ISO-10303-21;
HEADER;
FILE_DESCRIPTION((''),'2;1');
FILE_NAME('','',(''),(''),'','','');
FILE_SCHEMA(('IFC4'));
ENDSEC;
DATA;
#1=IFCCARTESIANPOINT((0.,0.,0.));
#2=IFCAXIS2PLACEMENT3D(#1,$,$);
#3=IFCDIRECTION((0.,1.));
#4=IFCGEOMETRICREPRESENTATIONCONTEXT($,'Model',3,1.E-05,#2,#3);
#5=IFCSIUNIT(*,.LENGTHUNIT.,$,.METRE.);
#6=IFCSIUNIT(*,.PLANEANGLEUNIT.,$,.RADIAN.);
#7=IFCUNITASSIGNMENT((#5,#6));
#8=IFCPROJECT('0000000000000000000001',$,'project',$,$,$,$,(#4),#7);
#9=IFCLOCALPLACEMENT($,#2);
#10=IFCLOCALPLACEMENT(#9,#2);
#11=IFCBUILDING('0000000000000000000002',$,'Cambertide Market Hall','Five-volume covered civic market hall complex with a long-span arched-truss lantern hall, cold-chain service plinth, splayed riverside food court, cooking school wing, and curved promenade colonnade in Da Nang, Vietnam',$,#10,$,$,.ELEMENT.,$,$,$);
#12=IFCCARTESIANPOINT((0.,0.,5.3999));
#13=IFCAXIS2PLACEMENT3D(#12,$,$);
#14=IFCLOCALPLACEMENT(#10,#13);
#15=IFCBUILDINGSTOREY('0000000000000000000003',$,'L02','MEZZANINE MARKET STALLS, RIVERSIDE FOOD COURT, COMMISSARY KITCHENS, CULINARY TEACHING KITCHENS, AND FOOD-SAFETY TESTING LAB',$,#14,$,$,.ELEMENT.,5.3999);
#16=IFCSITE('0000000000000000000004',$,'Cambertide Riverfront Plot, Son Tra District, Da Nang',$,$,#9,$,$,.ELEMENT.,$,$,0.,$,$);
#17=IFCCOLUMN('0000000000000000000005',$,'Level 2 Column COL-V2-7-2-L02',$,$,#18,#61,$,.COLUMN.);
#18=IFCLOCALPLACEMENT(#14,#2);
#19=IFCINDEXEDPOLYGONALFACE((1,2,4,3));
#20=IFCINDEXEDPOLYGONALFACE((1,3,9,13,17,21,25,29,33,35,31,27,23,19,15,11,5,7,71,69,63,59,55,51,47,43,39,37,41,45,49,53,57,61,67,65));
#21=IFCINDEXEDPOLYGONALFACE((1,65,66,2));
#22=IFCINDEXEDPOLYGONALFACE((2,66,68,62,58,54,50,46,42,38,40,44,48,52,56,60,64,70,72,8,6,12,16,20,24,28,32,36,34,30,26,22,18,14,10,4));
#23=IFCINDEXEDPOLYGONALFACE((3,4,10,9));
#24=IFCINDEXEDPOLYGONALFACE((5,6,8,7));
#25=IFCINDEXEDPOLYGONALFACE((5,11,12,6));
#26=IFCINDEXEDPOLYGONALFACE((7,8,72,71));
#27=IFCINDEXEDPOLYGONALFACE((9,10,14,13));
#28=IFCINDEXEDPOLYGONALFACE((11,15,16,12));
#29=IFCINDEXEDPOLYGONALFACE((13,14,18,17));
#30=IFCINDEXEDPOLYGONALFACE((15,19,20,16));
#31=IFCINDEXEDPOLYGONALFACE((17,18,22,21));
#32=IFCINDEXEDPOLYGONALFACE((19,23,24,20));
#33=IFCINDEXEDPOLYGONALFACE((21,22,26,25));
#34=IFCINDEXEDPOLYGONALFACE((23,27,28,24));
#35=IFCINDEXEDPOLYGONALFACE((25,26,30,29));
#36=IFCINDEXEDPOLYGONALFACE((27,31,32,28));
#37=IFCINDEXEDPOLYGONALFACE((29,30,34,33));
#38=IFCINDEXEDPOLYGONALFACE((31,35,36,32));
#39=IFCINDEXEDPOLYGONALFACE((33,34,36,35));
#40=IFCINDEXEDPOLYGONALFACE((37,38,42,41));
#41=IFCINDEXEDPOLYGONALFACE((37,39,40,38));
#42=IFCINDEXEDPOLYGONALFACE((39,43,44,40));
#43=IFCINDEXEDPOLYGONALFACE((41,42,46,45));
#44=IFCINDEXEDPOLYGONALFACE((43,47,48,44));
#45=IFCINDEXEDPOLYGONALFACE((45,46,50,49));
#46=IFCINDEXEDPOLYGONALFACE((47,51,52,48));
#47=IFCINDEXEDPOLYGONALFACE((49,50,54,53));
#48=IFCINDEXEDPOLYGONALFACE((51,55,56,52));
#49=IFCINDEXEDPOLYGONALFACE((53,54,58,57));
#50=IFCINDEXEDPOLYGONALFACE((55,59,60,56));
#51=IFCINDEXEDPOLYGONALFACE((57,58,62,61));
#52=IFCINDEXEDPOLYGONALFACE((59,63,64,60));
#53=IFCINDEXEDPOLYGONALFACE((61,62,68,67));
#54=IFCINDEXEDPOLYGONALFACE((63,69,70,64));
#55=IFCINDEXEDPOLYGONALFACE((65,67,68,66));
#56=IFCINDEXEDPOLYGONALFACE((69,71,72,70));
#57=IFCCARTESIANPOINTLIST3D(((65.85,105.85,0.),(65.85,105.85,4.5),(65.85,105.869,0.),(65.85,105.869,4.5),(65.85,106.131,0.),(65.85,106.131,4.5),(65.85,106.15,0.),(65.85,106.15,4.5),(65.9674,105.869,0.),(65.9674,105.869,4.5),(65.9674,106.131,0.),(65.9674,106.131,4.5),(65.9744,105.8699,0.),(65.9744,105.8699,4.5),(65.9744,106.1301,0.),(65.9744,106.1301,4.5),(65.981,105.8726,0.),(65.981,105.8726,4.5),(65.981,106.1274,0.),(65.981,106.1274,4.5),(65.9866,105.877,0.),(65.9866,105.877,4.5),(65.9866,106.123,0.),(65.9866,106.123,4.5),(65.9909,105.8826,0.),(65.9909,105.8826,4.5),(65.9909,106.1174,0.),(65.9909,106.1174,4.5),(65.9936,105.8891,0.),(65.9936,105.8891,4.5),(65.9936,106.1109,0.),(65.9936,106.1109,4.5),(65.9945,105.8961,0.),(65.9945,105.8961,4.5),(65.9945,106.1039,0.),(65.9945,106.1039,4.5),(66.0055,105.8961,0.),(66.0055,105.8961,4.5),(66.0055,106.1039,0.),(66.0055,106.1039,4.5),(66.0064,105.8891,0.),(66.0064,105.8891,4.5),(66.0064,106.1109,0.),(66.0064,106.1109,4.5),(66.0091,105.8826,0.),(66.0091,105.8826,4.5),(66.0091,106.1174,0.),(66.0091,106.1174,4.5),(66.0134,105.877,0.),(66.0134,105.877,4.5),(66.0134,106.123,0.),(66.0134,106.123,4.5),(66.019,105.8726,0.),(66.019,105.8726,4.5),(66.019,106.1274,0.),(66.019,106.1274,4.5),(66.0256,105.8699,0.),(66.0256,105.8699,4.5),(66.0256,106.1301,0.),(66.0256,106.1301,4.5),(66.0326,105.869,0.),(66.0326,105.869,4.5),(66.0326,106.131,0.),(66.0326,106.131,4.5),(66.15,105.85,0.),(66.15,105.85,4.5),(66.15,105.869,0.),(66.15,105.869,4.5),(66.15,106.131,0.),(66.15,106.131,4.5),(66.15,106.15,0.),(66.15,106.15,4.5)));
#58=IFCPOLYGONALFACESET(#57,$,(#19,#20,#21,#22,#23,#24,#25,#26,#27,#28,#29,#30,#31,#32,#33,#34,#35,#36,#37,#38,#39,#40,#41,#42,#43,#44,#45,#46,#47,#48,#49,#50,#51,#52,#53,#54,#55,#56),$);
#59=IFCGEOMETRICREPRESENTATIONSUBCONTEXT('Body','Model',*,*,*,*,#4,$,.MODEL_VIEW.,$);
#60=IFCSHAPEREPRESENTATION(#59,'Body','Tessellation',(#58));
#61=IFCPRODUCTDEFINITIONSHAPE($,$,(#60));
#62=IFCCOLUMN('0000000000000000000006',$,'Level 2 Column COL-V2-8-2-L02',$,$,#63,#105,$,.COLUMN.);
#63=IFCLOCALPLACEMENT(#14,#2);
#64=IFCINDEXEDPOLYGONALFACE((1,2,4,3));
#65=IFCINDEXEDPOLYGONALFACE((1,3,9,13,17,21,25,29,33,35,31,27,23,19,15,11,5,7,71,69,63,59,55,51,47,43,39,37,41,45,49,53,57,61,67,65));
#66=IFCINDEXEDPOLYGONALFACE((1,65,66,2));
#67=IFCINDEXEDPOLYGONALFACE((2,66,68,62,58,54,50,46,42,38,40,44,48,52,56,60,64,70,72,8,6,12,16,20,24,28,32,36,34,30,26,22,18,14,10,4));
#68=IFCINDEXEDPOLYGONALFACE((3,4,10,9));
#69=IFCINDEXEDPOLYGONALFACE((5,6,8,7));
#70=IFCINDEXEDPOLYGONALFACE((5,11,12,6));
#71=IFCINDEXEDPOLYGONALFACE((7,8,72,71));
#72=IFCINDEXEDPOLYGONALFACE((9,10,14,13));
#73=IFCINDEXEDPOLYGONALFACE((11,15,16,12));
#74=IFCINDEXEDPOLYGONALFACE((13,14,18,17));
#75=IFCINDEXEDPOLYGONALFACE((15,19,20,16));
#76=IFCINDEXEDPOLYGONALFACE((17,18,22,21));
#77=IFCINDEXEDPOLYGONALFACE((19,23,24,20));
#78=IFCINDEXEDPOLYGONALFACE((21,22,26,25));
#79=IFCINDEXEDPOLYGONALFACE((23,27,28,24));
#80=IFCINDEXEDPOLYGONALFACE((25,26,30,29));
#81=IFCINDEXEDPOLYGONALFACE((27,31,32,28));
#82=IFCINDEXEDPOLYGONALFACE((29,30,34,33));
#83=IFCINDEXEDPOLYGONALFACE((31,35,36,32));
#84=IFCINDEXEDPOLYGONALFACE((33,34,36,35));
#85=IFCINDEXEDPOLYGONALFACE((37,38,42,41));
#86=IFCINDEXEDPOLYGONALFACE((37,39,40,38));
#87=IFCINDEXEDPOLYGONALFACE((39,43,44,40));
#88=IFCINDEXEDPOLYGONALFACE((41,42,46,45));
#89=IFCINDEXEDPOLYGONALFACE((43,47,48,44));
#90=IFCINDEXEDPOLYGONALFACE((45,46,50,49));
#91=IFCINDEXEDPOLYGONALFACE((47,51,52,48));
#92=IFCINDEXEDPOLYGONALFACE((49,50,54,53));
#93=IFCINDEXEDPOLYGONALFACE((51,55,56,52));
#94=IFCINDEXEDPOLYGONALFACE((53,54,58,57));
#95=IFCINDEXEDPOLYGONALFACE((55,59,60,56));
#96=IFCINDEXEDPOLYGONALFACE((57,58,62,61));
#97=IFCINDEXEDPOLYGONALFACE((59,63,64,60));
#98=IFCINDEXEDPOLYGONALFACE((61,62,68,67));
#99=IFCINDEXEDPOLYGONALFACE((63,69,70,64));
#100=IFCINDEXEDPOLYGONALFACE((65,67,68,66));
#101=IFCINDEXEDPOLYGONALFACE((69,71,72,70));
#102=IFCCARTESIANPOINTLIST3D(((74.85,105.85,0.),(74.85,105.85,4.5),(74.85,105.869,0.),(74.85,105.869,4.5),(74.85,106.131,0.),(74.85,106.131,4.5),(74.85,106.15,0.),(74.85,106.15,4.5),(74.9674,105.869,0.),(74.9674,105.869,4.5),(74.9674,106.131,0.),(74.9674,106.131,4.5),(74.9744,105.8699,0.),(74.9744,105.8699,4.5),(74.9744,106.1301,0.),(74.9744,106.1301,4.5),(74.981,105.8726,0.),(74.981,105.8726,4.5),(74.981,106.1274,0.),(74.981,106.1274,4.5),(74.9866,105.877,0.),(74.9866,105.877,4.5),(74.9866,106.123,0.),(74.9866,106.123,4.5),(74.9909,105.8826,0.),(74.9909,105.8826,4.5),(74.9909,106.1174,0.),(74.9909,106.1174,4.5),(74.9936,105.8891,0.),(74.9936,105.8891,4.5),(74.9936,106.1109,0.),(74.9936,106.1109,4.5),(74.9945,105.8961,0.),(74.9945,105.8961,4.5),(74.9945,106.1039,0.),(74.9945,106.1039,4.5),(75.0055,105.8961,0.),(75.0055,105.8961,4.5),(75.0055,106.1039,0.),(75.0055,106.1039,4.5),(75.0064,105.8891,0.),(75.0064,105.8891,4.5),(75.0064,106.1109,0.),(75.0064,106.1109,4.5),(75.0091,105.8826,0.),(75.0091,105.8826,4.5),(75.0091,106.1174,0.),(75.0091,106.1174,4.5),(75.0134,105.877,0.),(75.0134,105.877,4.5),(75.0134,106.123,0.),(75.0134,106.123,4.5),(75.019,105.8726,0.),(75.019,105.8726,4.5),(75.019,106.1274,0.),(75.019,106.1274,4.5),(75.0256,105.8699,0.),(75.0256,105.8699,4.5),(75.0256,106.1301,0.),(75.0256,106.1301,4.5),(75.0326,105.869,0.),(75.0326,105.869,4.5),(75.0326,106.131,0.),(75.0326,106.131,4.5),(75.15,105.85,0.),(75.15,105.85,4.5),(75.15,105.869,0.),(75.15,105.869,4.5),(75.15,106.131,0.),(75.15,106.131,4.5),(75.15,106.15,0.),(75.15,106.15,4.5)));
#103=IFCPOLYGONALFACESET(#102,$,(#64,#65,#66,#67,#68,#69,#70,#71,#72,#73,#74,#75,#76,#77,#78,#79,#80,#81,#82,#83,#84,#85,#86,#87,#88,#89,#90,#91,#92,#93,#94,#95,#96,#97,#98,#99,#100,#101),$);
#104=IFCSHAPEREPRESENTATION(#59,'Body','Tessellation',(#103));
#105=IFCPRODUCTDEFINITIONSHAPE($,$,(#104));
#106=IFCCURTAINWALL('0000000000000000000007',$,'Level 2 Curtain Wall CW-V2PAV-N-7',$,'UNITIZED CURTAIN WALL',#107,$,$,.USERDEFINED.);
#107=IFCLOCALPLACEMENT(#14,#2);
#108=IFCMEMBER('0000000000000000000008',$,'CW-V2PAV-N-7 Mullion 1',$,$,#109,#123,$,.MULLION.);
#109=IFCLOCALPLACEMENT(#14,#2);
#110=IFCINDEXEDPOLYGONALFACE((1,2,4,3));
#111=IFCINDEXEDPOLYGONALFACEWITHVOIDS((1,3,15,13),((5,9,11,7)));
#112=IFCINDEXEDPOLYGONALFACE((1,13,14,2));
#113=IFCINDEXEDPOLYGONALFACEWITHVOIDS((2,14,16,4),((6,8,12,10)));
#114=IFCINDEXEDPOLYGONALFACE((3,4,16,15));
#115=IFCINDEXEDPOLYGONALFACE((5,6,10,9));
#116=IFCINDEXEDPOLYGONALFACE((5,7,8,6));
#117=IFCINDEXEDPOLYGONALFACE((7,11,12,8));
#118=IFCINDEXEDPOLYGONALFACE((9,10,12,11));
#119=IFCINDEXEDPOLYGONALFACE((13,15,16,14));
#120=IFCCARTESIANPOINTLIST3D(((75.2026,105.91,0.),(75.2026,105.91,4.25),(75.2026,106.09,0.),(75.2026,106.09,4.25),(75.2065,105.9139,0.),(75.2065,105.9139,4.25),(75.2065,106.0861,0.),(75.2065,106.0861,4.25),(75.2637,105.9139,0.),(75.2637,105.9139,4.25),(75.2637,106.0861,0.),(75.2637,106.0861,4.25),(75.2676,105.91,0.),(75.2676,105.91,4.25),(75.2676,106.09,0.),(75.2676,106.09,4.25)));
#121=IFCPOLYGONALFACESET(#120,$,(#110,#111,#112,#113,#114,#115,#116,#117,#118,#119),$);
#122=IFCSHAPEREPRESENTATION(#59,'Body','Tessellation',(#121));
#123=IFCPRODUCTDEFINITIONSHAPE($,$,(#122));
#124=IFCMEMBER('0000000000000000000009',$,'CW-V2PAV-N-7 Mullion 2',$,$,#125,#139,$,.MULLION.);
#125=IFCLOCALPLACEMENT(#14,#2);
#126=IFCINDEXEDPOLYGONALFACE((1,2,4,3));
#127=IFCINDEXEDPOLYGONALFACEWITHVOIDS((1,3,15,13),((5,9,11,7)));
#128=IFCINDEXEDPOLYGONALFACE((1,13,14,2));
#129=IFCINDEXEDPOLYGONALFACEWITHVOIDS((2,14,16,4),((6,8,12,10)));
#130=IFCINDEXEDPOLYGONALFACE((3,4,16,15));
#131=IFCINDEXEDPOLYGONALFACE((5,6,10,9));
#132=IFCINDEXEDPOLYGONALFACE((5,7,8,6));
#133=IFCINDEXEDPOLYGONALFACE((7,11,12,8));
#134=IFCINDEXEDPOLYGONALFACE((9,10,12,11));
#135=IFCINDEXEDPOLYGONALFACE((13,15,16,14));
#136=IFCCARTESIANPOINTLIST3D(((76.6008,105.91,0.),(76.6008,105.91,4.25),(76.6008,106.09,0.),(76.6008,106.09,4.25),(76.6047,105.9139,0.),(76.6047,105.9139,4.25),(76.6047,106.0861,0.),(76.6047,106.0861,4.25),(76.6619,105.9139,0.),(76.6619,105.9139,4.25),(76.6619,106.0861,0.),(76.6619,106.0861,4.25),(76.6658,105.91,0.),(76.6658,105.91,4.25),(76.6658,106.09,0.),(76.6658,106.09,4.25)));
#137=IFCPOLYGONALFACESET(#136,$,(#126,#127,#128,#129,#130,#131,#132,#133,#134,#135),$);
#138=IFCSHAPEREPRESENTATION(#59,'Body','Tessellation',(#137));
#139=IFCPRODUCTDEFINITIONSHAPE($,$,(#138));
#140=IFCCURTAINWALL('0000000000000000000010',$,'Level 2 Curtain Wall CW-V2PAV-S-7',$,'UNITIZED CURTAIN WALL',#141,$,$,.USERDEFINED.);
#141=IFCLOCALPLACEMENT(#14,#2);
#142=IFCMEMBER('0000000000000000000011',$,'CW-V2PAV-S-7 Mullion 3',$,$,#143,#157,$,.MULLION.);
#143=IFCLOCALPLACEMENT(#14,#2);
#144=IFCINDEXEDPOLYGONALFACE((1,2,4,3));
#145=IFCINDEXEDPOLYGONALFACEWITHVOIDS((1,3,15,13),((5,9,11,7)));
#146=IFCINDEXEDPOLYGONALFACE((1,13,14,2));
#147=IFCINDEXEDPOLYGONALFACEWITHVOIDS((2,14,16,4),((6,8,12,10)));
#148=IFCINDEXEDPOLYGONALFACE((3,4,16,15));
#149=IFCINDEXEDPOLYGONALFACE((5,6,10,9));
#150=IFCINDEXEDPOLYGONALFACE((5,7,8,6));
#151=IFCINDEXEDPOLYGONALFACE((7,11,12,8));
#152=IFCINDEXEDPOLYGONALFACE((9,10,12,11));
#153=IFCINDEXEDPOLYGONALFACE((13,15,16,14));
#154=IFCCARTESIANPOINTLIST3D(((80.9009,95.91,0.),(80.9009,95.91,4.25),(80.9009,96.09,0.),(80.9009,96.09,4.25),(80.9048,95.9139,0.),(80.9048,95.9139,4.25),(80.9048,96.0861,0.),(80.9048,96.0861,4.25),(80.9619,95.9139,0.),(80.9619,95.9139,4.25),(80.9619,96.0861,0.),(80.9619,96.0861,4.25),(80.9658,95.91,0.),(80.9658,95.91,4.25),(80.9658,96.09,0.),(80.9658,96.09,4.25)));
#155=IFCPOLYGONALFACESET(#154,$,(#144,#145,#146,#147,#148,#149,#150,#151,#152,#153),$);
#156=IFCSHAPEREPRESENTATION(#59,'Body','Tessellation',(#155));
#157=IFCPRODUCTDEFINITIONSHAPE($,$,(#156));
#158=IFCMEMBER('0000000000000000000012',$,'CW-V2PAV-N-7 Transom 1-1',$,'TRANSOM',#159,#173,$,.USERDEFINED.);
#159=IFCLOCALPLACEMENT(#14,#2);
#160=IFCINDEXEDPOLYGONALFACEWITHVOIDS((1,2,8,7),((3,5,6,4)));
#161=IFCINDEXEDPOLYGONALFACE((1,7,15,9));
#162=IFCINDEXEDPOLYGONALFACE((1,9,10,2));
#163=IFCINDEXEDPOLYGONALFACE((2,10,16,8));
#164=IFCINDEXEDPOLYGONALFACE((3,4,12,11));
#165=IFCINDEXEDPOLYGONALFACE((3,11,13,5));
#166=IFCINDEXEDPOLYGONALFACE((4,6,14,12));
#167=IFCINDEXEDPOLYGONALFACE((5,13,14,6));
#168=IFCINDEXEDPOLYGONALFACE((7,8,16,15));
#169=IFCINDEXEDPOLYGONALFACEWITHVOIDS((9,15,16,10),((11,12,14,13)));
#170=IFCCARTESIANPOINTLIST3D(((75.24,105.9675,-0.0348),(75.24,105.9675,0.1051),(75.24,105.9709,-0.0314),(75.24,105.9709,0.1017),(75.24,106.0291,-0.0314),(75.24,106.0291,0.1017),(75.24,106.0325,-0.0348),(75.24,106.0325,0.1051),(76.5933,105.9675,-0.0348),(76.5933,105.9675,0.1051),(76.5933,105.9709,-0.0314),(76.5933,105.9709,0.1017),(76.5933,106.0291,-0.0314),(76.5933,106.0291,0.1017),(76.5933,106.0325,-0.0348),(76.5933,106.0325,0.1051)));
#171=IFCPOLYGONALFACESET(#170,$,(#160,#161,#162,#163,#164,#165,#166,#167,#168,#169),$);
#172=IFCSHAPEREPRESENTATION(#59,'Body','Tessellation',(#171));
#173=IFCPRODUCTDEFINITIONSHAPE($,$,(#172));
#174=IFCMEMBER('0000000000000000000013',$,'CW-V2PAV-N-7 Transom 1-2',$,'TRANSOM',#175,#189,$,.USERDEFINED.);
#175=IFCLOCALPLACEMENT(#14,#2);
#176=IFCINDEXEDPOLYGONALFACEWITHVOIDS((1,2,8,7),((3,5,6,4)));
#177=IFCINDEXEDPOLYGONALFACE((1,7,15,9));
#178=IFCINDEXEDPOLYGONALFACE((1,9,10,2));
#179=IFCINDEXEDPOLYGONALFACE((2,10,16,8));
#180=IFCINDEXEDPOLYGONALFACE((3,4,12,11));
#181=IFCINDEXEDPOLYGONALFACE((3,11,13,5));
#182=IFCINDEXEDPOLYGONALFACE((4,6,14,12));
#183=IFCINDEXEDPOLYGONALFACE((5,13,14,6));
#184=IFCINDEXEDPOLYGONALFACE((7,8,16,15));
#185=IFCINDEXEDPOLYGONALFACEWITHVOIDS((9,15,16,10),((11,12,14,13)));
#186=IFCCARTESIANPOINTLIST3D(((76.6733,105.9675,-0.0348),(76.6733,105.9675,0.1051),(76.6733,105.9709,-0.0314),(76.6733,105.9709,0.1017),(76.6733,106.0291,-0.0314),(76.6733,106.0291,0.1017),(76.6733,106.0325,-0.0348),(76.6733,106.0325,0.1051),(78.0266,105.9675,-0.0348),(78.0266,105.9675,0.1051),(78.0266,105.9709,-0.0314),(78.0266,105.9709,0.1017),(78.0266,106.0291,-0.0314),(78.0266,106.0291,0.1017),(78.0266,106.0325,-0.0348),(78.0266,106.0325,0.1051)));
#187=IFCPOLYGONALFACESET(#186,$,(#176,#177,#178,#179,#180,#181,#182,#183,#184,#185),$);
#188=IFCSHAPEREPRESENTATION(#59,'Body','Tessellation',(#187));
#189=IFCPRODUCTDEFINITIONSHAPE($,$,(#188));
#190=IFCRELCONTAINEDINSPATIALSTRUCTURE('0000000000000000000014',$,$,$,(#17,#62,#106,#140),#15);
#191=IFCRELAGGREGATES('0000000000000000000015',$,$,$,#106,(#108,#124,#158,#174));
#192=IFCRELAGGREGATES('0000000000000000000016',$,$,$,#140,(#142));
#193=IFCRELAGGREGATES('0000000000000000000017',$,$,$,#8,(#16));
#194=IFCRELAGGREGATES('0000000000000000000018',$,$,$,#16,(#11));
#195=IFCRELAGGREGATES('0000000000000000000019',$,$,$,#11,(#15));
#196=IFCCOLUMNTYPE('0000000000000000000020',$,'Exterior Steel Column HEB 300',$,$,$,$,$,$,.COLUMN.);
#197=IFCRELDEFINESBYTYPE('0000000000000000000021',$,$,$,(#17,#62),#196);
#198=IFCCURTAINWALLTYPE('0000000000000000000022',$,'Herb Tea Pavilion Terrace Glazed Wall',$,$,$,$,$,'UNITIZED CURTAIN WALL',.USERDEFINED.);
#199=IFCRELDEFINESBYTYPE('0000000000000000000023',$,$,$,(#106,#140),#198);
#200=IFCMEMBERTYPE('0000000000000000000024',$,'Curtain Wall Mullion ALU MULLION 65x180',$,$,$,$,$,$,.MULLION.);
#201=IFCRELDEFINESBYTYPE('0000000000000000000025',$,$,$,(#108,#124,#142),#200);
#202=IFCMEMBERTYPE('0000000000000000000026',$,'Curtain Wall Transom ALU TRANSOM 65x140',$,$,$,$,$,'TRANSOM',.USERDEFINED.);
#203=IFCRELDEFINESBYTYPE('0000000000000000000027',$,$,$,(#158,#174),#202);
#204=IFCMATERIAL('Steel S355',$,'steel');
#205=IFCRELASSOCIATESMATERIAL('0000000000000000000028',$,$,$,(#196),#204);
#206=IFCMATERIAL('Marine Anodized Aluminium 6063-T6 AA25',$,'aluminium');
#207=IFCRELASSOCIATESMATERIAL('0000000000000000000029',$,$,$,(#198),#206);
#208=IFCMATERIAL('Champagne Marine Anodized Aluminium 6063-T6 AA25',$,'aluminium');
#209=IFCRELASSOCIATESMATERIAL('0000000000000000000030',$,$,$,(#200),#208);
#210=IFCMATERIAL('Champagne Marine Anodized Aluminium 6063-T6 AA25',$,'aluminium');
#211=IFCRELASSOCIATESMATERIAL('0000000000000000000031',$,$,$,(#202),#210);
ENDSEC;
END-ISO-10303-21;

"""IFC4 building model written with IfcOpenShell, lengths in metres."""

from ifc_helpers import new_model, si_unit, direction, frame, origin, origin_2d, place, context, subcontext, project, spatial, hollow_rectangle, i_section, extrude, material, material_profile, profile_set, type_object, element, aggregate, save


model = new_model("IFC4")

# Units and contexts
model_context = context("Model", 3, precision=1e-05, world=origin(), true_north=direction((0.0, 1.0)))
body_context = subcontext(model_context, "Body", "Model", "MODEL_VIEW")
ifc_project = project(units=[si_unit("LENGTHUNIT", "METRE"), si_unit("PLANEANGLEUNIT", "RADIAN")], contexts=[model_context])

# Site, building, storey
site_placement = place(None, origin())
site = spatial("IfcSite", under=ifc_project, at=site_placement, Name="Cambertide Riverfront Plot, Son Tra District, Da Nang", CompositionType="ELEMENT", RefElevation=0.0)
building_placement = place(site_placement, origin())
building = spatial("IfcBuilding", under=site, at=building_placement, Name="Cambertide Market Hall", Description="Five-volume covered civic market hall complex with a long-span arched-truss lantern hall, cold-chain service plinth, splayed riverside food court, cooking school wing, and curved promenade colonnade in Da Nang, Vietnam", CompositionType="ELEMENT")
storey_placement = place(building_placement, frame((0.0, 0.0, 5.3999)))
storey = spatial("IfcBuildingStorey", under=building, at=storey_placement, Name="L02", Description="MEZZANINE MARKET STALLS, RIVERSIDE FOOD COURT, COMMISSARY KITCHENS, CULINARY TEACHING KITCHENS, AND FOOD-SAFETY TESTING LAB", CompositionType="ELEMENT", Elevation=5.3999)

# Columns
ifc_material_1 = material(Name="Steel S355", Category="steel")
ifc_material_profile_1 = material_profile(ifc_material_1, i_section(OverallWidth=0.3, OverallDepth=0.3, WebThickness=0.011, FlangeThickness=0.019, FilletRadius=0.0271, at=origin_2d()), Name="HEB 300")
ifc_profile_set_1 = profile_set([ifc_material_profile_1], Name="Steel S355")
column_type = type_object("IfcColumnType", Name="Exterior Steel Column HEB 300", PredefinedType="COLUMN", material=ifc_profile_set_1)
for number, where, z_axis, x_axis, name in (
    (1, (66.0, 106.0, 0.0), (0.0, 0.0, 1.0), (1.0, 0.0, 0.0), "Level 2 Column COL-V2-7-2-L02"),
    (2, (75.0, 106.0, 0.0), (0.0, 0.0, 1.0), (1.0, 0.0, 0.0), "Level 2 Column COL-V2-8-2-L02"),
):
    element("IfcColumn", number, at=place(storey_placement, frame(where, z_axis=z_axis, x_axis=x_axis)), inside=storey, type_object=column_type, Name=name, PredefinedType="COLUMN", context=body_context, shape_type="SweptSolid", body=[
        extrude(i_section(OverallWidth=0.3, OverallDepth=0.3, WebThickness=0.011, FlangeThickness=0.019, FilletRadius=0.0271, at=origin_2d()), origin(), (0.0, 0.0, 1.0), 4.5),
    ])

# Curtain wall, members
ifc_material_2 = material(Name="Marine Anodized Aluminium 6063-T6 AA25", Category="aluminium")
curtain_wall_type = type_object("IfcCurtainWallType", Name="Herb Tea Pavilion Terrace Glazed Wall", ElementType="UNITIZED CURTAIN WALL", PredefinedType="USERDEFINED", material=ifc_material_2)
curtain_wall_1_placement = place(storey_placement, origin())
curtain_wall_1 = element("IfcCurtainWall", 3, at=curtain_wall_1_placement, inside=storey, type_object=curtain_wall_type, Name="Level 2 Curtain Wall CW-V2PAV-N-7", ObjectType="UNITIZED CURTAIN WALL", PredefinedType="USERDEFINED")
ifc_material_3 = material(Name="Champagne Marine Anodized Aluminium 6063-T6 AA25", Category="aluminium")
ifc_material_profile_2 = material_profile(ifc_material_3, hollow_rectangle(XDim=0.0649, YDim=0.1799, WallThickness=0.0039, at=origin_2d()), Name="ALU MULLION 65x180")
ifc_profile_set_2 = profile_set([ifc_material_profile_2], Name="Champagne Marine Anodized Aluminium 6063-T6 AA25")
member_type_1 = type_object("IfcMemberType", Name="Curtain Wall Mullion ALU MULLION 65x180", PredefinedType="MULLION", material=ifc_profile_set_2)
member_1_placement = place(storey_placement, frame((75.2351, 106.0, 0.0), z_axis=(0.0, 0.0, 1.0), x_axis=(1.0, 0.0, 0.0)))
member_1 = element("IfcMember", 4, at=member_1_placement, type_object=member_type_1, Name="CW-V2PAV-N-7 Mullion 1", PredefinedType="MULLION", context=body_context, shape_type="SweptSolid", body=[
    extrude(hollow_rectangle(XDim=0.0649, YDim=0.1799, WallThickness=0.0039, at=origin_2d()), origin(), (0.0, 0.0, 1.0), 4.25),
])
member_2_placement = place(storey_placement, frame((76.6333, 106.0, 0.0), z_axis=(0.0, 0.0, 1.0), x_axis=(1.0, 0.0, 0.0)))
member_2 = element("IfcMember", 5, at=member_2_placement, type_object=member_type_1, Name="CW-V2PAV-N-7 Mullion 2", PredefinedType="MULLION", context=body_context, shape_type="SweptSolid", body=[
    extrude(hollow_rectangle(XDim=0.0649, YDim=0.1799, WallThickness=0.0039, at=origin_2d()), origin(), (0.0, 0.0, 1.0), 4.25),
])

# Curtain wall, member
curtain_wall_2_placement = place(storey_placement, origin())
curtain_wall_2 = element("IfcCurtainWall", 6, at=curtain_wall_2_placement, inside=storey, type_object=curtain_wall_type, Name="Level 2 Curtain Wall CW-V2PAV-S-7", ObjectType="UNITIZED CURTAIN WALL", PredefinedType="USERDEFINED")
member_3_placement = place(storey_placement, frame((80.9333, 96.0, 0.0), z_axis=(0.0, 0.0, 1.0), x_axis=(-1.0, 0.0, 0.0)))
member_3 = element("IfcMember", 7, at=member_3_placement, type_object=member_type_1, Name="CW-V2PAV-S-7 Mullion 3", PredefinedType="MULLION", context=body_context, shape_type="SweptSolid", body=[
    extrude(hollow_rectangle(XDim=0.0649, YDim=0.1799, WallThickness=0.0039, at=origin_2d()), origin(), (0.0, 0.0, 1.0), 4.25),
])

# Members
ifc_material_4 = material(Name="Champagne Marine Anodized Aluminium 6063-T6 AA25", Category="aluminium")
ifc_material_profile_3 = material_profile(ifc_material_4, hollow_rectangle(XDim=0.0649, YDim=0.1399, WallThickness=0.0034, at=origin_2d()), Name="ALU TRANSOM 65x140")
ifc_profile_set_3 = profile_set([ifc_material_profile_3], Name="Champagne Marine Anodized Aluminium 6063-T6 AA25")
member_type_2 = type_object("IfcMemberType", Name="Curtain Wall Transom ALU TRANSOM 65x140", ElementType="TRANSOM", PredefinedType="USERDEFINED", material=ifc_profile_set_3)
member_4_placement = place(storey_placement, frame((75.24, 106.0, 0.0352), z_axis=(1.0, 0.0, 0.0), x_axis=(0.0, 1.0, 0.0)))
member_4 = element("IfcMember", 8, at=member_4_placement, type_object=member_type_2, Name="CW-V2PAV-N-7 Transom 1-1", ObjectType="TRANSOM", PredefinedType="USERDEFINED", context=body_context, shape_type="SweptSolid", body=[
    extrude(hollow_rectangle(XDim=0.0649, YDim=0.1399, WallThickness=0.0034, at=origin_2d()), origin(), (0.0, 0.0, 1.0), 1.3533),
])
member_5_placement = place(storey_placement, frame((76.6733, 106.0, 0.0352), z_axis=(1.0, 0.0, 0.0), x_axis=(0.0, 1.0, 0.0)))
member_5 = element("IfcMember", 9, at=member_5_placement, type_object=member_type_2, Name="CW-V2PAV-N-7 Transom 1-2", ObjectType="TRANSOM", PredefinedType="USERDEFINED", context=body_context, shape_type="SweptSolid", body=[
    extrude(hollow_rectangle(XDim=0.0649, YDim=0.1399, WallThickness=0.0034, at=origin_2d()), origin(), (0.0, 0.0, 1.0), 1.3533),
])

aggregate(curtain_wall_1, [member_1, member_2, member_4, member_5])
aggregate(curtain_wall_2, [member_3])

save(model, "model.ifc")
